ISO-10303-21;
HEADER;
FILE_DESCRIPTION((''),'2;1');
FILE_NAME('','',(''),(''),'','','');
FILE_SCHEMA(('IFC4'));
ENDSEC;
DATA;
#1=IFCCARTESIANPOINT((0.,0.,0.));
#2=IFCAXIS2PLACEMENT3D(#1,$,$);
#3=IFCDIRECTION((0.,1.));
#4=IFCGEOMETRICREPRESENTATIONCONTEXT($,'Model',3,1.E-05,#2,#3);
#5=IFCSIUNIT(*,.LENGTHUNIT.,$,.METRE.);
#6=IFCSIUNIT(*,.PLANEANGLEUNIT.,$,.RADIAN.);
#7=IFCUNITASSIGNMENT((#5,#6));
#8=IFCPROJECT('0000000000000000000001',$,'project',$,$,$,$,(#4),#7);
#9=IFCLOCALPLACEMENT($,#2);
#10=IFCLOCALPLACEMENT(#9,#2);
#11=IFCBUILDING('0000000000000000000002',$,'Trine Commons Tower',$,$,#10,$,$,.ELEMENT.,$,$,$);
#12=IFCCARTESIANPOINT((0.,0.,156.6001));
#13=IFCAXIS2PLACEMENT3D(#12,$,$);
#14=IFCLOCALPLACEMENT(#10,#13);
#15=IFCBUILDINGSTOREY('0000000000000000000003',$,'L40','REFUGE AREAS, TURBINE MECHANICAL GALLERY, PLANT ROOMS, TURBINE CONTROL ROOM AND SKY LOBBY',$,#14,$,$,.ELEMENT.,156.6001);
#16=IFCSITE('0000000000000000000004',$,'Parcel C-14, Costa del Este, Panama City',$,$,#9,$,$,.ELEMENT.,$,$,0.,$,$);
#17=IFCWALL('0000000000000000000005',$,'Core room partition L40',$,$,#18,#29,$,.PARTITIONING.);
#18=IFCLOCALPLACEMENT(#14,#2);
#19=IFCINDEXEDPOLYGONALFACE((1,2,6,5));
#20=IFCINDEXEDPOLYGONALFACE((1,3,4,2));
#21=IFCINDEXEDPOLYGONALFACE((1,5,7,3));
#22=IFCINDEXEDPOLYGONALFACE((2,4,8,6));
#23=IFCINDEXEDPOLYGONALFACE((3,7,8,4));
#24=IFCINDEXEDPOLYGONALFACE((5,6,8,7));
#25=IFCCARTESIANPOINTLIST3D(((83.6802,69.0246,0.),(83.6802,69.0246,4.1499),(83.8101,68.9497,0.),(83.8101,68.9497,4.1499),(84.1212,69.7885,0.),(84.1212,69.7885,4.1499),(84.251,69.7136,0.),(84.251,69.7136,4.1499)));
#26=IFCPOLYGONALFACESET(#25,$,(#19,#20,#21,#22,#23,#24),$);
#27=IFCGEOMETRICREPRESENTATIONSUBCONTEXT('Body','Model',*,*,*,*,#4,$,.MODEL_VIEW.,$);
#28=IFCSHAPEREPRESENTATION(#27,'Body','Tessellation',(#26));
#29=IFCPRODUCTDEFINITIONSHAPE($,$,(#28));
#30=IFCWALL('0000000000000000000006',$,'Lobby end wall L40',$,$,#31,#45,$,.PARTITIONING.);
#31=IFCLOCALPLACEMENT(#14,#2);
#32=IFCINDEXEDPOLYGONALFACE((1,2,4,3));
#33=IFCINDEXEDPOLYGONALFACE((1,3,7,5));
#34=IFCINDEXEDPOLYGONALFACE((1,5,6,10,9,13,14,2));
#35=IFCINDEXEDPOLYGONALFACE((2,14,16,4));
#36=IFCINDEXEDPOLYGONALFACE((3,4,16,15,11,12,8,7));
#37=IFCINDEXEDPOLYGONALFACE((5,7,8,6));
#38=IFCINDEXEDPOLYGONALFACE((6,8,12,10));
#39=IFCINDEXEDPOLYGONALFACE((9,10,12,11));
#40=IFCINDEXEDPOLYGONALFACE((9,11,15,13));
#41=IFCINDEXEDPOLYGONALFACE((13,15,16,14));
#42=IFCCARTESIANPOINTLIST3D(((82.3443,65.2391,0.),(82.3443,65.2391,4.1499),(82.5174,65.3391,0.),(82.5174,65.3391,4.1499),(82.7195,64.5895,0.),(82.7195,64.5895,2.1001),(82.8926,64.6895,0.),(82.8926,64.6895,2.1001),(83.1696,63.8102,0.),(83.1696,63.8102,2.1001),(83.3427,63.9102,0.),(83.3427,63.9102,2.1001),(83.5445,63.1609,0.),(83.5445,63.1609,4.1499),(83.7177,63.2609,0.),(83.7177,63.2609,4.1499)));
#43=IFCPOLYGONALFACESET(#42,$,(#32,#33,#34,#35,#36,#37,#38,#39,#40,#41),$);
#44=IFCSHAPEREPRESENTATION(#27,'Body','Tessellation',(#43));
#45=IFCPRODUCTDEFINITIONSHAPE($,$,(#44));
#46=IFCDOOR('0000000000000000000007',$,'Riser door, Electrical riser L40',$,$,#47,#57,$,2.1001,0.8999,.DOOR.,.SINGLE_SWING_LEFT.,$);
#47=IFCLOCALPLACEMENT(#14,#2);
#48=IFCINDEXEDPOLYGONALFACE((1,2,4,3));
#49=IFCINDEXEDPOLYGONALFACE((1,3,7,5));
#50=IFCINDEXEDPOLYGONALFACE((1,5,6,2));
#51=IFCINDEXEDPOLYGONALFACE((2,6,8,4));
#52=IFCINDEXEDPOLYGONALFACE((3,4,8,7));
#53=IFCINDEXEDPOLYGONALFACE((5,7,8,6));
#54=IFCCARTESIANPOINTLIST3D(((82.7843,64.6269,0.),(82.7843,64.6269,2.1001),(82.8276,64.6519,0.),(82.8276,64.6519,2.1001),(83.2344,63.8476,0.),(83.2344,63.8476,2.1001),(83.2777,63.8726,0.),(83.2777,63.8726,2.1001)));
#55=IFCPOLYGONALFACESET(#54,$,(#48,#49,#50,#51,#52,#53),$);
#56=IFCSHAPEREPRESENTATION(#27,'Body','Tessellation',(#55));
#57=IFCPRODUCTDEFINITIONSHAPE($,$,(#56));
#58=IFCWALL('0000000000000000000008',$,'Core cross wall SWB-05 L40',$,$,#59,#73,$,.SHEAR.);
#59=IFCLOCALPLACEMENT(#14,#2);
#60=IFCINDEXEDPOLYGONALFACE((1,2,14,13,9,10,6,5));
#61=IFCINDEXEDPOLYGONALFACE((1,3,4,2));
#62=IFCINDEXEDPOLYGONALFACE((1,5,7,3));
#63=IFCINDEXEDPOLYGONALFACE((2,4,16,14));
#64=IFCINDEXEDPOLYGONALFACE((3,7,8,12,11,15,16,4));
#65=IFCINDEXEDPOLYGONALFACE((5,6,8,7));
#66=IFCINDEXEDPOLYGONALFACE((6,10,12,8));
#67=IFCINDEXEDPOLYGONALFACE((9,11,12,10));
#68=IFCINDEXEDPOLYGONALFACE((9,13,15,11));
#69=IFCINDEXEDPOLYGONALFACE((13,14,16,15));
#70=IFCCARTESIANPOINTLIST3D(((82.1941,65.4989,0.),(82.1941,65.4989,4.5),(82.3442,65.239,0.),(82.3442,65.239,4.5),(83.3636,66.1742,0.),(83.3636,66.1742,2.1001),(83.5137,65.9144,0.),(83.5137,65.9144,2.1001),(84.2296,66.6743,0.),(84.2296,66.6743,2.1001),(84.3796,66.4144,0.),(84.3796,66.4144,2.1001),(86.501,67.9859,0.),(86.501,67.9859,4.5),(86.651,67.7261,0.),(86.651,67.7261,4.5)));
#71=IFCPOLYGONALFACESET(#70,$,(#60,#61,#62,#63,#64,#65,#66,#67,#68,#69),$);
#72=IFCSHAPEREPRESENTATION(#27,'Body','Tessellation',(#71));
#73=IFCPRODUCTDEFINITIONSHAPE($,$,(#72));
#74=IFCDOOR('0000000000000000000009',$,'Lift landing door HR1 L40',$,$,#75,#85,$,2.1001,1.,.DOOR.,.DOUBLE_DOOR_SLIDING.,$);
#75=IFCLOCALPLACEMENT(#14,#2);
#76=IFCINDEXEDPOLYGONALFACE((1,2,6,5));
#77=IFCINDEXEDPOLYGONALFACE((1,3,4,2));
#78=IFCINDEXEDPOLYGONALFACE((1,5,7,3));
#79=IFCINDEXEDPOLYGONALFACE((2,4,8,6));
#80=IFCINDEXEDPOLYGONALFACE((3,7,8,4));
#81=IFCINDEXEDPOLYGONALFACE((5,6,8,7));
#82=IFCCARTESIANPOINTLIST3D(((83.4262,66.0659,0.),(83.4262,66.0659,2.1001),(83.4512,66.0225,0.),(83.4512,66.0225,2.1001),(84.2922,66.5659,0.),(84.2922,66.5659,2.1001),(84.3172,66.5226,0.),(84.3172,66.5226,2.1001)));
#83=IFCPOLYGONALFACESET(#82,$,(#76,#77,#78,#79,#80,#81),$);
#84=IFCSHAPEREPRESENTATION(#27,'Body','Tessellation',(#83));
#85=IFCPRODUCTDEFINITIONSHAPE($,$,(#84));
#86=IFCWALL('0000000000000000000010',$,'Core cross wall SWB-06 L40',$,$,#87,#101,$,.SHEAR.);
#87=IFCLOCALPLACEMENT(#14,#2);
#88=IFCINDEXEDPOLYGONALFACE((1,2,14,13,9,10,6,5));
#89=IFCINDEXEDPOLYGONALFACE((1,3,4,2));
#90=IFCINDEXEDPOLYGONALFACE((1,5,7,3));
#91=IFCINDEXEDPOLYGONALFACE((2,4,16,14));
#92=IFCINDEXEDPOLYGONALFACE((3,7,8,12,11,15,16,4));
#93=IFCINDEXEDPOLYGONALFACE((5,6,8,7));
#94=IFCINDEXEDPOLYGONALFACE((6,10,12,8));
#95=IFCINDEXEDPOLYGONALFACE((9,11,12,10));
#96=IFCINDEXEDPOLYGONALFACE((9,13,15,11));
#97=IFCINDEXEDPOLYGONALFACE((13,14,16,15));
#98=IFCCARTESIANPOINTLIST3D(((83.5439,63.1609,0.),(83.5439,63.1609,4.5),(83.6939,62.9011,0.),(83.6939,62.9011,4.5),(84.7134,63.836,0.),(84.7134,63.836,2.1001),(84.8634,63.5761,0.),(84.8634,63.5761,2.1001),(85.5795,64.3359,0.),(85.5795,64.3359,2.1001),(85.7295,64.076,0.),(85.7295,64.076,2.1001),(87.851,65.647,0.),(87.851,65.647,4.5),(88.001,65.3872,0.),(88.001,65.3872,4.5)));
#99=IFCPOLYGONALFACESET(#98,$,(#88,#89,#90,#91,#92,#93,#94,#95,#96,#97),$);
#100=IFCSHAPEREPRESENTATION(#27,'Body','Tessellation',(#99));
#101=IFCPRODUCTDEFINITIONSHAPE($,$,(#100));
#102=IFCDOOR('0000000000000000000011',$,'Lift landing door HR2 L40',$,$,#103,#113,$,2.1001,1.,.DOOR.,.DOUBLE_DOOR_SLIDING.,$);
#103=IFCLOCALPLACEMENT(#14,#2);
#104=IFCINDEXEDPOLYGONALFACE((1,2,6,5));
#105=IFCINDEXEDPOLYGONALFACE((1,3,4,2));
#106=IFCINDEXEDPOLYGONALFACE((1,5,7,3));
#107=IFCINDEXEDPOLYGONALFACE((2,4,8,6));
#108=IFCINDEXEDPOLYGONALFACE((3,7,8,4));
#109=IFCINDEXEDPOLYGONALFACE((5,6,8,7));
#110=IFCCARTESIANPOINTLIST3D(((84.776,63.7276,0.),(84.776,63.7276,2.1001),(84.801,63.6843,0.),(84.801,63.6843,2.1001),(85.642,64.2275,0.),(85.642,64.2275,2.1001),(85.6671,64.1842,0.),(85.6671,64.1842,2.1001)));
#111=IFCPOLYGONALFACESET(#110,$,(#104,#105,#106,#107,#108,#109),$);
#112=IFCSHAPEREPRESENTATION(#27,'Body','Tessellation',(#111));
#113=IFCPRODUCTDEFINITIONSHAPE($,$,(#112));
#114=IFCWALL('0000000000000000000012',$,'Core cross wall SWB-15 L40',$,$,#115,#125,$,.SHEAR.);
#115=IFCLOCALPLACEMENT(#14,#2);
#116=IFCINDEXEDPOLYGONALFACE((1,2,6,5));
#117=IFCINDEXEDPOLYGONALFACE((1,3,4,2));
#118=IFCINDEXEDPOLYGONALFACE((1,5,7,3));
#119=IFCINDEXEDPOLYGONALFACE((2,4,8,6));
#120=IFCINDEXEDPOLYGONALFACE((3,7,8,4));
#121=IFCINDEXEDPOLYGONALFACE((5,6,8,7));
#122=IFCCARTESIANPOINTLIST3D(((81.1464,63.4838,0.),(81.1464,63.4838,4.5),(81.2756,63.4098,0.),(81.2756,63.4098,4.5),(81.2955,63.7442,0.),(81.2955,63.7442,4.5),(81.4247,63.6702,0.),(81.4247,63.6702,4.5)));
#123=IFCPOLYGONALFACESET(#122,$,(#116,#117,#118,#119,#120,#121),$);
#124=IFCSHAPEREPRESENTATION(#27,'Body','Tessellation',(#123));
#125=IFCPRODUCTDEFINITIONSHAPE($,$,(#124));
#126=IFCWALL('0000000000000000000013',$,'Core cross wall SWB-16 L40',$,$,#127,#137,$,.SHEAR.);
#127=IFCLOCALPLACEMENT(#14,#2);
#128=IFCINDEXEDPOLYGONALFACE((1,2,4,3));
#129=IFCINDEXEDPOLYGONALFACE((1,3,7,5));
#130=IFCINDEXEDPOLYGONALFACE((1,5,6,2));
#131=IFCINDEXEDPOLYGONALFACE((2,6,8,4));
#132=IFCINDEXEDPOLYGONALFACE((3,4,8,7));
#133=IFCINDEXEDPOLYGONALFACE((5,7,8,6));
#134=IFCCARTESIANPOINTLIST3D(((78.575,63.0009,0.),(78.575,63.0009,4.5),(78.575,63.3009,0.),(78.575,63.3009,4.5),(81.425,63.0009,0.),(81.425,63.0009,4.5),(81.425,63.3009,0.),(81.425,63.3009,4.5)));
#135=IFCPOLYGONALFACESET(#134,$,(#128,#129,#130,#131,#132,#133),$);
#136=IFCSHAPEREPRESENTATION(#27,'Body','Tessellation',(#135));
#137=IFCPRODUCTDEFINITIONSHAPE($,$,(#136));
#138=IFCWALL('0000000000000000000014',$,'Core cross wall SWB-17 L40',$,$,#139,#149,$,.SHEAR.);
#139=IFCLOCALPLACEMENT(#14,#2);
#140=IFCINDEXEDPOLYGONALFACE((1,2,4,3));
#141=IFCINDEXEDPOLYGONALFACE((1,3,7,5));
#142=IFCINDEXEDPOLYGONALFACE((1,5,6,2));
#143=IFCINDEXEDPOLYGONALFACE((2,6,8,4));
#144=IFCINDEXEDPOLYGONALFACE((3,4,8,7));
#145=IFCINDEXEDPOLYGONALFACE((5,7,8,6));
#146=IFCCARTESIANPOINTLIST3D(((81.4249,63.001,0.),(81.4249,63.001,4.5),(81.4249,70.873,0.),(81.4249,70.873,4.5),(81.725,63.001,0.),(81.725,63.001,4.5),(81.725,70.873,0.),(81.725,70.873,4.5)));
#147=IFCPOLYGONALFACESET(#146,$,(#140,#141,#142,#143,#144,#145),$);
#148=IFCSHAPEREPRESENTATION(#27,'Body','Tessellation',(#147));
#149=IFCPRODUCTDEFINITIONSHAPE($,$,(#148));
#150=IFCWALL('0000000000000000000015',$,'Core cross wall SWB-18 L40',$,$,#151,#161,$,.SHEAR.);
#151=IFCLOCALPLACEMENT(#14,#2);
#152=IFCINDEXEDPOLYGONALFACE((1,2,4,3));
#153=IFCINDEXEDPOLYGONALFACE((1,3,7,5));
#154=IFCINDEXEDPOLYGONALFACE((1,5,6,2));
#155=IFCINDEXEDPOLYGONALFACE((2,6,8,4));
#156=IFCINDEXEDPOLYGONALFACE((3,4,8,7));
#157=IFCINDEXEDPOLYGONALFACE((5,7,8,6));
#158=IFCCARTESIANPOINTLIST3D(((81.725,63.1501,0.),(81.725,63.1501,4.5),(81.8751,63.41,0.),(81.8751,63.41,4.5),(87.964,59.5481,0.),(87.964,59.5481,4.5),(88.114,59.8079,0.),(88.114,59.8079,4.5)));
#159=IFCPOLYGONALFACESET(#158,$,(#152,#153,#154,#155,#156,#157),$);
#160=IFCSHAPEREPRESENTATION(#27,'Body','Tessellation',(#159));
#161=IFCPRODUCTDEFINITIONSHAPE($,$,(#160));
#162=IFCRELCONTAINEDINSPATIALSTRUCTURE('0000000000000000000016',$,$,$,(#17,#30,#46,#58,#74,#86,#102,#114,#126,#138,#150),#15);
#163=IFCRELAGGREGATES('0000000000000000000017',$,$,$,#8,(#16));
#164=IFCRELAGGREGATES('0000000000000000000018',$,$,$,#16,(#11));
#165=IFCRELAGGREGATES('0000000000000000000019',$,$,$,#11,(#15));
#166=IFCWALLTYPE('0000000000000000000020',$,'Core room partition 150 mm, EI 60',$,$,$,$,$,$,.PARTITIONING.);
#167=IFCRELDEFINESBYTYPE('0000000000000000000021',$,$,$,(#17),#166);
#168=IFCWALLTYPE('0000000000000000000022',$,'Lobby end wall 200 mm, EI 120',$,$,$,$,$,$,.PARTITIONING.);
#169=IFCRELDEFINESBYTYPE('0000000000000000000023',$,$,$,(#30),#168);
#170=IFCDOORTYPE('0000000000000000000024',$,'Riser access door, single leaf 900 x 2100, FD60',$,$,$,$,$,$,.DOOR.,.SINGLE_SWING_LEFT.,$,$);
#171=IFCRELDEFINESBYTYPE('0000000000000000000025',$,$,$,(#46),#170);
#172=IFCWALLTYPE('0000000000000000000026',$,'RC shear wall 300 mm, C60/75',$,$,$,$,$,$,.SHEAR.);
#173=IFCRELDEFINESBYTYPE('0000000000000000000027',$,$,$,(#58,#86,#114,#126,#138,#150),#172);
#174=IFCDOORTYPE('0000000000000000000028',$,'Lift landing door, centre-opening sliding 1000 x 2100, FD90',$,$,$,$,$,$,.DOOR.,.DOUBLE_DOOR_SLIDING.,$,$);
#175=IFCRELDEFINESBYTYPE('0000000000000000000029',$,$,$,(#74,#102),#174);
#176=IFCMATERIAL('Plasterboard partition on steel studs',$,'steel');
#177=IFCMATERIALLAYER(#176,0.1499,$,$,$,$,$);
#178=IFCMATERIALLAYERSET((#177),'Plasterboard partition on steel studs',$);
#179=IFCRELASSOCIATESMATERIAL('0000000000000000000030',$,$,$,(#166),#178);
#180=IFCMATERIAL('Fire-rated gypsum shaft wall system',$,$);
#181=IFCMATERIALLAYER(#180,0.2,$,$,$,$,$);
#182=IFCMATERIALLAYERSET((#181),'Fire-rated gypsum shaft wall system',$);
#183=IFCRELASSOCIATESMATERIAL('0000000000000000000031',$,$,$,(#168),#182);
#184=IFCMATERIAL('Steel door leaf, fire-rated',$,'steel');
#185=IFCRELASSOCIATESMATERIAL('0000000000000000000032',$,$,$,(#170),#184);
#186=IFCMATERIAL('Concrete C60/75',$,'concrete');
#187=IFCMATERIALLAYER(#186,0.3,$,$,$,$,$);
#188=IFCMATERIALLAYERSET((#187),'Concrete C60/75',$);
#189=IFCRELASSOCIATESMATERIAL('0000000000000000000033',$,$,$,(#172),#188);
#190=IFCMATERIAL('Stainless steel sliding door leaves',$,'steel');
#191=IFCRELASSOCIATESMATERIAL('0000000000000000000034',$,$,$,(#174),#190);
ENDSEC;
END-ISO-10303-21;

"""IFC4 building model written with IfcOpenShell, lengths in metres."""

from ifc_helpers import new_model, si_unit, direction, frame, frame_2d, origin, place, context, subcontext, project, spatial, rectangle, extrude, material, layer, layer_set, type_object, element, fill, save


model = new_model("IFC4")

# Units and contexts
model_context = context("Model", 3, precision=1e-05, world=origin(), true_north=direction((0.0, 1.0)))
body_context = subcontext(model_context, "Body", "Model", "MODEL_VIEW")
ifc_project = project(units=[si_unit("LENGTHUNIT", "METRE"), si_unit("PLANEANGLEUNIT", "RADIAN")], contexts=[model_context])

# Site, building, storey
site_placement = place(None, origin())
site = spatial("IfcSite", under=ifc_project, at=site_placement, Name="Parcel C-14, Costa del Este, Panama City", CompositionType="ELEMENT", RefElevation=0.0)
building_placement = place(site_placement, origin())
building = spatial("IfcBuilding", under=site, at=building_placement, Name="Trine Commons Tower", CompositionType="ELEMENT")
storey_placement = place(building_placement, frame((0.0, 0.0, 156.6001)))
storey = spatial("IfcBuildingStorey", under=building, at=storey_placement, Name="L40", Description="REFUGE AREAS, TURBINE MECHANICAL GALLERY, PLANT ROOMS, TURBINE CONTROL ROOM AND SKY LOBBY", CompositionType="ELEMENT", Elevation=156.6001)

# Wall
ifc_material_1 = material(Name="Plasterboard partition on steel studs", Category="steel")
ifc_layer_1 = layer(ifc_material_1, 0.1499)
ifc_layer_set_1 = layer_set([ifc_layer_1], Name="Plasterboard partition on steel studs")
wall_type_1 = type_object("IfcWallType", Name="Core room partition 150 mm, EI 60", PredefinedType="PARTITIONING", material=ifc_layer_set_1)
wall_1_placement = place(storey_placement, frame((84.186, 69.751, 0.0), z_axis=(0.0, 0.0, 1.0), x_axis=(-0.49989, -0.866089, 0.0)))
element("IfcWall", 1, at=wall_1_placement, inside=storey, type_object=wall_type_1, Name="Core room partition L40", PredefinedType="PARTITIONING", context=body_context, shape_type="SweptSolid", body=[
    extrude(rectangle(XDim=0.8821, YDim=0.1499, at=frame_2d((0.4409, 0.0))), origin(), (0.0, 0.0, 1.0), 4.1499),
])

# Walls, openings, doors
ifc_material_2 = material(Name="Fire-rated gypsum shaft wall system")
ifc_layer_2 = layer(ifc_material_2, 0.2)
ifc_layer_set_2 = layer_set([ifc_layer_2], Name="Fire-rated gypsum shaft wall system")
wall_type_2 = type_object("IfcWallType", Name="Lobby end wall 200 mm, EI 120", PredefinedType="PARTITIONING", material=ifc_layer_set_2)
wall_2_placement = place(storey_placement, frame((83.6311, 63.2109, 0.0), z_axis=(0.0, 0.0, 1.0), x_axis=(-0.500122, 0.865955, 0.0)))
wall_2 = element("IfcWall", 2, at=wall_2_placement, inside=storey, type_object=wall_type_2, Name="Lobby end wall L40", PredefinedType="PARTITIONING", context=body_context, shape_type="SweptSolid", body=[
    extrude(rectangle(XDim=2.3999, YDim=0.2, at=frame_2d((1.2, 0.0))), origin(), (0.0, 0.0, 1.0), 4.1499),
])
opening_1_placement = place(wall_2_placement, frame((0.7498, 0.0, 0.0)))
opening_1 = element("IfcOpeningElement", 3, at=opening_1_placement, cuts=wall_2, PredefinedType="OPENING", context=body_context, shape_type="SweptSolid", body=[
    extrude(rectangle(XDim=0.8999, YDim=2.1001, at=frame_2d((0.45, 1.05))), frame((0.0, 0.1099, 0.0), z_axis=(0.0, -1.0, 0.0), x_axis=(1.0, 0.0, 0.0)), (0.0, 0.0, 1.0), 0.22),
])
ifc_material_3 = material(Name="Steel door leaf, fire-rated", Category="steel")
door_type_1 = type_object("IfcDoorType", Name="Riser access door, single leaf 900 x 2100, FD60", OperationType="SINGLE_SWING_LEFT", PredefinedType="DOOR", material=ifc_material_3)
door_1_placement = place(opening_1_placement, frame((0.8999, 0.0, 0.0), z_axis=(0.0, 0.0, 1.0), x_axis=(-1.0, 0.0, 0.0)))
door_1 = element("IfcDoor", 4, at=door_1_placement, inside=storey, type_object=door_type_1, Name="Riser door, Electrical riser L40", OperationType="SINGLE_SWING_LEFT", OverallHeight=2.1001, OverallWidth=0.8999, PredefinedType="DOOR", context=body_context, shape_type="SweptSolid", body=[
    extrude(rectangle(XDim=0.8999, YDim=2.1001, at=frame_2d((0.45, 1.05))), frame((0.0, 0.0249, 0.0), z_axis=(0.0, -1.0, 0.0), x_axis=(1.0, 0.0, 0.0)), (0.0, 0.0, 1.0), 0.05),
])
fill(opening_1, door_1)
ifc_material_4 = material(Name="Concrete C60/75", Category="concrete")
ifc_layer_3 = layer(ifc_material_4, 0.3)
ifc_layer_set_3 = layer_set([ifc_layer_3], Name="Concrete C60/75")
wall_type_3 = type_object("IfcWallType", Name="RC shear wall 300 mm, C60/75", PredefinedType="SHEAR", material=ifc_layer_set_3)
wall_3_placement = place(storey_placement, frame((82.269, 65.3689, 0.0), z_axis=(0.0, 0.0, 1.0), x_axis=(0.865984, 0.500072, 0.0)))
wall_3 = element("IfcWall", 5, at=wall_3_placement, inside=storey, type_object=wall_type_3, Name="Core cross wall SWB-05 L40", PredefinedType="SHEAR", context=body_context, shape_type="SweptSolid", body=[
    extrude(rectangle(XDim=4.9734, YDim=0.3, at=frame_2d((2.4868, 0.0))), origin(), (0.0, 0.0, 1.0), 4.5),
])
opening_2_placement = place(wall_3_placement, frame((1.3506, 0.0, 0.0)))
opening_2 = element("IfcOpeningElement", 6, at=opening_2_placement, cuts=wall_3, PredefinedType="OPENING", context=body_context, shape_type="SweptSolid", body=[
    extrude(rectangle(XDim=1.0, YDim=2.1001, at=frame_2d((0.5, 1.05))), frame((0.0, 0.1599, 0.0), z_axis=(0.0, -1.0, 0.0), x_axis=(1.0, 0.0, 0.0)), (0.0, 0.0, 1.0), 0.3201),
])
ifc_material_5 = material(Name="Stainless steel sliding door leaves", Category="steel")
door_type_2 = type_object("IfcDoorType", Name="Lift landing door, centre-opening sliding 1000 x 2100, FD90", OperationType="DOUBLE_DOOR_SLIDING", PredefinedType="DOOR", material=ifc_material_5)
door_2_placement = place(opening_2_placement, origin())
door_2 = element("IfcDoor", 7, at=door_2_placement, inside=storey, type_object=door_type_2, Name="Lift landing door HR1 L40", OperationType="DOUBLE_DOOR_SLIDING", OverallHeight=2.1001, OverallWidth=1.0, PredefinedType="DOOR", context=body_context, shape_type="SweptSolid", body=[
    extrude(rectangle(XDim=1.0, YDim=2.1001, at=frame_2d((0.5, 1.05))), frame((0.0, 0.0249, 0.0), z_axis=(0.0, -1.0, 0.0), x_axis=(1.0, 0.0, 0.0)), (0.0, 0.0, 1.0), 0.05),
])
fill(opening_2, door_2)
wall_4_placement = place(storey_placement, frame((83.6189, 63.031, 0.0), z_axis=(0.0, 0.0, 1.0), x_axis=(0.866081, 0.499904, 0.0)))
wall_4 = element("IfcWall", 8, at=wall_4_placement, inside=storey, type_object=wall_type_3, Name="Core cross wall SWB-06 L40", PredefinedType="SHEAR", context=body_context, shape_type="SweptSolid", body=[
    extrude(rectangle(XDim=4.9731, YDim=0.3, at=frame_2d((2.4866, 0.0))), origin(), (0.0, 0.0, 1.0), 4.5),
])
opening_3_placement = place(wall_4_placement, frame((1.3503, 0.0, 0.0)))
opening_3 = element("IfcOpeningElement", 9, at=opening_3_placement, cuts=wall_4, PredefinedType="OPENING", context=body_context, shape_type="SweptSolid", body=[
    extrude(rectangle(XDim=1.0, YDim=2.1001, at=frame_2d((0.5, 1.05))), frame((0.0, 0.1599, 0.0), z_axis=(0.0, -1.0, 0.0), x_axis=(1.0, 0.0, 0.0)), (0.0, 0.0, 1.0), 0.3201),
])
door_3_placement = place(opening_3_placement, origin())
door_3 = element("IfcDoor", 10, at=door_3_placement, inside=storey, type_object=door_type_2, Name="Lift landing door HR2 L40", OperationType="DOUBLE_DOOR_SLIDING", OverallHeight=2.1001, OverallWidth=1.0, PredefinedType="DOOR", context=body_context, shape_type="SweptSolid", body=[
    extrude(rectangle(XDim=1.0, YDim=2.1001, at=frame_2d((0.5, 1.05))), frame((0.0, 0.0249, 0.0), z_axis=(0.0, -1.0, 0.0), x_axis=(1.0, 0.0, 0.0)), (0.0, 0.0, 1.0), 0.05),
])
fill(opening_3, door_3)

# Walls
wall_5_placement = place(storey_placement, frame((81.2209, 63.614, 0.0), z_axis=(0.0, 0.0, 1.0), x_axis=(0.867738, -0.497022, 0.0)))
element("IfcWall", 11, at=wall_5_placement, inside=storey, type_object=wall_type_3, Name="Core cross wall SWB-15 L40", PredefinedType="SHEAR", context=body_context, shape_type="SweptSolid", body=[
    extrude(rectangle(XDim=0.1489, YDim=0.3, at=frame_2d((0.0745, 0.0))), origin(), (0.0, 0.0, 1.0), 4.5),
])
wall_6_placement = place(storey_placement, frame((81.425, 63.1509, 0.0), z_axis=(0.0, 0.0, 1.0), x_axis=(-1.0, 0.0, 0.0)))
element("IfcWall", 12, at=wall_6_placement, inside=storey, type_object=wall_type_3, Name="Core cross wall SWB-16 L40", PredefinedType="SHEAR", context=body_context, shape_type="SweptSolid", body=[
    extrude(rectangle(XDim=2.8501, YDim=0.3, at=frame_2d((1.425, 0.0))), origin(), (0.0, 0.0, 1.0), 4.5),
])
wall_7_placement = place(storey_placement, frame((81.575, 63.001, 0.0), z_axis=(0.0, 0.0, 1.0), x_axis=(0.0, 1.0, 0.0)))
element("IfcWall", 13, at=wall_7_placement, inside=storey, type_object=wall_type_3, Name="Core cross wall SWB-17 L40", PredefinedType="SHEAR", context=body_context, shape_type="SweptSolid", body=[
    extrude(rectangle(XDim=7.8721, YDim=0.3, at=frame_2d((3.936, 0.0))), origin(), (0.0, 0.0, 1.0), 4.5),
])
wall_8_placement = place(storey_placement, frame((81.8, 63.28, 0.0), z_axis=(0.0, 0.0, 1.0), x_axis=(0.866028, -0.499995, 0.0)))
element("IfcWall", 14, at=wall_8_placement, inside=storey, type_object=wall_type_3, Name="Core cross wall SWB-18 L40", PredefinedType="SHEAR", context=body_context, shape_type="SweptSolid", body=[
    extrude(rectangle(XDim=7.2041, YDim=0.3, at=frame_2d((3.6021, 0.0))), origin(), (0.0, 0.0, 1.0), 4.5),
])

save(model, "model.ifc")
